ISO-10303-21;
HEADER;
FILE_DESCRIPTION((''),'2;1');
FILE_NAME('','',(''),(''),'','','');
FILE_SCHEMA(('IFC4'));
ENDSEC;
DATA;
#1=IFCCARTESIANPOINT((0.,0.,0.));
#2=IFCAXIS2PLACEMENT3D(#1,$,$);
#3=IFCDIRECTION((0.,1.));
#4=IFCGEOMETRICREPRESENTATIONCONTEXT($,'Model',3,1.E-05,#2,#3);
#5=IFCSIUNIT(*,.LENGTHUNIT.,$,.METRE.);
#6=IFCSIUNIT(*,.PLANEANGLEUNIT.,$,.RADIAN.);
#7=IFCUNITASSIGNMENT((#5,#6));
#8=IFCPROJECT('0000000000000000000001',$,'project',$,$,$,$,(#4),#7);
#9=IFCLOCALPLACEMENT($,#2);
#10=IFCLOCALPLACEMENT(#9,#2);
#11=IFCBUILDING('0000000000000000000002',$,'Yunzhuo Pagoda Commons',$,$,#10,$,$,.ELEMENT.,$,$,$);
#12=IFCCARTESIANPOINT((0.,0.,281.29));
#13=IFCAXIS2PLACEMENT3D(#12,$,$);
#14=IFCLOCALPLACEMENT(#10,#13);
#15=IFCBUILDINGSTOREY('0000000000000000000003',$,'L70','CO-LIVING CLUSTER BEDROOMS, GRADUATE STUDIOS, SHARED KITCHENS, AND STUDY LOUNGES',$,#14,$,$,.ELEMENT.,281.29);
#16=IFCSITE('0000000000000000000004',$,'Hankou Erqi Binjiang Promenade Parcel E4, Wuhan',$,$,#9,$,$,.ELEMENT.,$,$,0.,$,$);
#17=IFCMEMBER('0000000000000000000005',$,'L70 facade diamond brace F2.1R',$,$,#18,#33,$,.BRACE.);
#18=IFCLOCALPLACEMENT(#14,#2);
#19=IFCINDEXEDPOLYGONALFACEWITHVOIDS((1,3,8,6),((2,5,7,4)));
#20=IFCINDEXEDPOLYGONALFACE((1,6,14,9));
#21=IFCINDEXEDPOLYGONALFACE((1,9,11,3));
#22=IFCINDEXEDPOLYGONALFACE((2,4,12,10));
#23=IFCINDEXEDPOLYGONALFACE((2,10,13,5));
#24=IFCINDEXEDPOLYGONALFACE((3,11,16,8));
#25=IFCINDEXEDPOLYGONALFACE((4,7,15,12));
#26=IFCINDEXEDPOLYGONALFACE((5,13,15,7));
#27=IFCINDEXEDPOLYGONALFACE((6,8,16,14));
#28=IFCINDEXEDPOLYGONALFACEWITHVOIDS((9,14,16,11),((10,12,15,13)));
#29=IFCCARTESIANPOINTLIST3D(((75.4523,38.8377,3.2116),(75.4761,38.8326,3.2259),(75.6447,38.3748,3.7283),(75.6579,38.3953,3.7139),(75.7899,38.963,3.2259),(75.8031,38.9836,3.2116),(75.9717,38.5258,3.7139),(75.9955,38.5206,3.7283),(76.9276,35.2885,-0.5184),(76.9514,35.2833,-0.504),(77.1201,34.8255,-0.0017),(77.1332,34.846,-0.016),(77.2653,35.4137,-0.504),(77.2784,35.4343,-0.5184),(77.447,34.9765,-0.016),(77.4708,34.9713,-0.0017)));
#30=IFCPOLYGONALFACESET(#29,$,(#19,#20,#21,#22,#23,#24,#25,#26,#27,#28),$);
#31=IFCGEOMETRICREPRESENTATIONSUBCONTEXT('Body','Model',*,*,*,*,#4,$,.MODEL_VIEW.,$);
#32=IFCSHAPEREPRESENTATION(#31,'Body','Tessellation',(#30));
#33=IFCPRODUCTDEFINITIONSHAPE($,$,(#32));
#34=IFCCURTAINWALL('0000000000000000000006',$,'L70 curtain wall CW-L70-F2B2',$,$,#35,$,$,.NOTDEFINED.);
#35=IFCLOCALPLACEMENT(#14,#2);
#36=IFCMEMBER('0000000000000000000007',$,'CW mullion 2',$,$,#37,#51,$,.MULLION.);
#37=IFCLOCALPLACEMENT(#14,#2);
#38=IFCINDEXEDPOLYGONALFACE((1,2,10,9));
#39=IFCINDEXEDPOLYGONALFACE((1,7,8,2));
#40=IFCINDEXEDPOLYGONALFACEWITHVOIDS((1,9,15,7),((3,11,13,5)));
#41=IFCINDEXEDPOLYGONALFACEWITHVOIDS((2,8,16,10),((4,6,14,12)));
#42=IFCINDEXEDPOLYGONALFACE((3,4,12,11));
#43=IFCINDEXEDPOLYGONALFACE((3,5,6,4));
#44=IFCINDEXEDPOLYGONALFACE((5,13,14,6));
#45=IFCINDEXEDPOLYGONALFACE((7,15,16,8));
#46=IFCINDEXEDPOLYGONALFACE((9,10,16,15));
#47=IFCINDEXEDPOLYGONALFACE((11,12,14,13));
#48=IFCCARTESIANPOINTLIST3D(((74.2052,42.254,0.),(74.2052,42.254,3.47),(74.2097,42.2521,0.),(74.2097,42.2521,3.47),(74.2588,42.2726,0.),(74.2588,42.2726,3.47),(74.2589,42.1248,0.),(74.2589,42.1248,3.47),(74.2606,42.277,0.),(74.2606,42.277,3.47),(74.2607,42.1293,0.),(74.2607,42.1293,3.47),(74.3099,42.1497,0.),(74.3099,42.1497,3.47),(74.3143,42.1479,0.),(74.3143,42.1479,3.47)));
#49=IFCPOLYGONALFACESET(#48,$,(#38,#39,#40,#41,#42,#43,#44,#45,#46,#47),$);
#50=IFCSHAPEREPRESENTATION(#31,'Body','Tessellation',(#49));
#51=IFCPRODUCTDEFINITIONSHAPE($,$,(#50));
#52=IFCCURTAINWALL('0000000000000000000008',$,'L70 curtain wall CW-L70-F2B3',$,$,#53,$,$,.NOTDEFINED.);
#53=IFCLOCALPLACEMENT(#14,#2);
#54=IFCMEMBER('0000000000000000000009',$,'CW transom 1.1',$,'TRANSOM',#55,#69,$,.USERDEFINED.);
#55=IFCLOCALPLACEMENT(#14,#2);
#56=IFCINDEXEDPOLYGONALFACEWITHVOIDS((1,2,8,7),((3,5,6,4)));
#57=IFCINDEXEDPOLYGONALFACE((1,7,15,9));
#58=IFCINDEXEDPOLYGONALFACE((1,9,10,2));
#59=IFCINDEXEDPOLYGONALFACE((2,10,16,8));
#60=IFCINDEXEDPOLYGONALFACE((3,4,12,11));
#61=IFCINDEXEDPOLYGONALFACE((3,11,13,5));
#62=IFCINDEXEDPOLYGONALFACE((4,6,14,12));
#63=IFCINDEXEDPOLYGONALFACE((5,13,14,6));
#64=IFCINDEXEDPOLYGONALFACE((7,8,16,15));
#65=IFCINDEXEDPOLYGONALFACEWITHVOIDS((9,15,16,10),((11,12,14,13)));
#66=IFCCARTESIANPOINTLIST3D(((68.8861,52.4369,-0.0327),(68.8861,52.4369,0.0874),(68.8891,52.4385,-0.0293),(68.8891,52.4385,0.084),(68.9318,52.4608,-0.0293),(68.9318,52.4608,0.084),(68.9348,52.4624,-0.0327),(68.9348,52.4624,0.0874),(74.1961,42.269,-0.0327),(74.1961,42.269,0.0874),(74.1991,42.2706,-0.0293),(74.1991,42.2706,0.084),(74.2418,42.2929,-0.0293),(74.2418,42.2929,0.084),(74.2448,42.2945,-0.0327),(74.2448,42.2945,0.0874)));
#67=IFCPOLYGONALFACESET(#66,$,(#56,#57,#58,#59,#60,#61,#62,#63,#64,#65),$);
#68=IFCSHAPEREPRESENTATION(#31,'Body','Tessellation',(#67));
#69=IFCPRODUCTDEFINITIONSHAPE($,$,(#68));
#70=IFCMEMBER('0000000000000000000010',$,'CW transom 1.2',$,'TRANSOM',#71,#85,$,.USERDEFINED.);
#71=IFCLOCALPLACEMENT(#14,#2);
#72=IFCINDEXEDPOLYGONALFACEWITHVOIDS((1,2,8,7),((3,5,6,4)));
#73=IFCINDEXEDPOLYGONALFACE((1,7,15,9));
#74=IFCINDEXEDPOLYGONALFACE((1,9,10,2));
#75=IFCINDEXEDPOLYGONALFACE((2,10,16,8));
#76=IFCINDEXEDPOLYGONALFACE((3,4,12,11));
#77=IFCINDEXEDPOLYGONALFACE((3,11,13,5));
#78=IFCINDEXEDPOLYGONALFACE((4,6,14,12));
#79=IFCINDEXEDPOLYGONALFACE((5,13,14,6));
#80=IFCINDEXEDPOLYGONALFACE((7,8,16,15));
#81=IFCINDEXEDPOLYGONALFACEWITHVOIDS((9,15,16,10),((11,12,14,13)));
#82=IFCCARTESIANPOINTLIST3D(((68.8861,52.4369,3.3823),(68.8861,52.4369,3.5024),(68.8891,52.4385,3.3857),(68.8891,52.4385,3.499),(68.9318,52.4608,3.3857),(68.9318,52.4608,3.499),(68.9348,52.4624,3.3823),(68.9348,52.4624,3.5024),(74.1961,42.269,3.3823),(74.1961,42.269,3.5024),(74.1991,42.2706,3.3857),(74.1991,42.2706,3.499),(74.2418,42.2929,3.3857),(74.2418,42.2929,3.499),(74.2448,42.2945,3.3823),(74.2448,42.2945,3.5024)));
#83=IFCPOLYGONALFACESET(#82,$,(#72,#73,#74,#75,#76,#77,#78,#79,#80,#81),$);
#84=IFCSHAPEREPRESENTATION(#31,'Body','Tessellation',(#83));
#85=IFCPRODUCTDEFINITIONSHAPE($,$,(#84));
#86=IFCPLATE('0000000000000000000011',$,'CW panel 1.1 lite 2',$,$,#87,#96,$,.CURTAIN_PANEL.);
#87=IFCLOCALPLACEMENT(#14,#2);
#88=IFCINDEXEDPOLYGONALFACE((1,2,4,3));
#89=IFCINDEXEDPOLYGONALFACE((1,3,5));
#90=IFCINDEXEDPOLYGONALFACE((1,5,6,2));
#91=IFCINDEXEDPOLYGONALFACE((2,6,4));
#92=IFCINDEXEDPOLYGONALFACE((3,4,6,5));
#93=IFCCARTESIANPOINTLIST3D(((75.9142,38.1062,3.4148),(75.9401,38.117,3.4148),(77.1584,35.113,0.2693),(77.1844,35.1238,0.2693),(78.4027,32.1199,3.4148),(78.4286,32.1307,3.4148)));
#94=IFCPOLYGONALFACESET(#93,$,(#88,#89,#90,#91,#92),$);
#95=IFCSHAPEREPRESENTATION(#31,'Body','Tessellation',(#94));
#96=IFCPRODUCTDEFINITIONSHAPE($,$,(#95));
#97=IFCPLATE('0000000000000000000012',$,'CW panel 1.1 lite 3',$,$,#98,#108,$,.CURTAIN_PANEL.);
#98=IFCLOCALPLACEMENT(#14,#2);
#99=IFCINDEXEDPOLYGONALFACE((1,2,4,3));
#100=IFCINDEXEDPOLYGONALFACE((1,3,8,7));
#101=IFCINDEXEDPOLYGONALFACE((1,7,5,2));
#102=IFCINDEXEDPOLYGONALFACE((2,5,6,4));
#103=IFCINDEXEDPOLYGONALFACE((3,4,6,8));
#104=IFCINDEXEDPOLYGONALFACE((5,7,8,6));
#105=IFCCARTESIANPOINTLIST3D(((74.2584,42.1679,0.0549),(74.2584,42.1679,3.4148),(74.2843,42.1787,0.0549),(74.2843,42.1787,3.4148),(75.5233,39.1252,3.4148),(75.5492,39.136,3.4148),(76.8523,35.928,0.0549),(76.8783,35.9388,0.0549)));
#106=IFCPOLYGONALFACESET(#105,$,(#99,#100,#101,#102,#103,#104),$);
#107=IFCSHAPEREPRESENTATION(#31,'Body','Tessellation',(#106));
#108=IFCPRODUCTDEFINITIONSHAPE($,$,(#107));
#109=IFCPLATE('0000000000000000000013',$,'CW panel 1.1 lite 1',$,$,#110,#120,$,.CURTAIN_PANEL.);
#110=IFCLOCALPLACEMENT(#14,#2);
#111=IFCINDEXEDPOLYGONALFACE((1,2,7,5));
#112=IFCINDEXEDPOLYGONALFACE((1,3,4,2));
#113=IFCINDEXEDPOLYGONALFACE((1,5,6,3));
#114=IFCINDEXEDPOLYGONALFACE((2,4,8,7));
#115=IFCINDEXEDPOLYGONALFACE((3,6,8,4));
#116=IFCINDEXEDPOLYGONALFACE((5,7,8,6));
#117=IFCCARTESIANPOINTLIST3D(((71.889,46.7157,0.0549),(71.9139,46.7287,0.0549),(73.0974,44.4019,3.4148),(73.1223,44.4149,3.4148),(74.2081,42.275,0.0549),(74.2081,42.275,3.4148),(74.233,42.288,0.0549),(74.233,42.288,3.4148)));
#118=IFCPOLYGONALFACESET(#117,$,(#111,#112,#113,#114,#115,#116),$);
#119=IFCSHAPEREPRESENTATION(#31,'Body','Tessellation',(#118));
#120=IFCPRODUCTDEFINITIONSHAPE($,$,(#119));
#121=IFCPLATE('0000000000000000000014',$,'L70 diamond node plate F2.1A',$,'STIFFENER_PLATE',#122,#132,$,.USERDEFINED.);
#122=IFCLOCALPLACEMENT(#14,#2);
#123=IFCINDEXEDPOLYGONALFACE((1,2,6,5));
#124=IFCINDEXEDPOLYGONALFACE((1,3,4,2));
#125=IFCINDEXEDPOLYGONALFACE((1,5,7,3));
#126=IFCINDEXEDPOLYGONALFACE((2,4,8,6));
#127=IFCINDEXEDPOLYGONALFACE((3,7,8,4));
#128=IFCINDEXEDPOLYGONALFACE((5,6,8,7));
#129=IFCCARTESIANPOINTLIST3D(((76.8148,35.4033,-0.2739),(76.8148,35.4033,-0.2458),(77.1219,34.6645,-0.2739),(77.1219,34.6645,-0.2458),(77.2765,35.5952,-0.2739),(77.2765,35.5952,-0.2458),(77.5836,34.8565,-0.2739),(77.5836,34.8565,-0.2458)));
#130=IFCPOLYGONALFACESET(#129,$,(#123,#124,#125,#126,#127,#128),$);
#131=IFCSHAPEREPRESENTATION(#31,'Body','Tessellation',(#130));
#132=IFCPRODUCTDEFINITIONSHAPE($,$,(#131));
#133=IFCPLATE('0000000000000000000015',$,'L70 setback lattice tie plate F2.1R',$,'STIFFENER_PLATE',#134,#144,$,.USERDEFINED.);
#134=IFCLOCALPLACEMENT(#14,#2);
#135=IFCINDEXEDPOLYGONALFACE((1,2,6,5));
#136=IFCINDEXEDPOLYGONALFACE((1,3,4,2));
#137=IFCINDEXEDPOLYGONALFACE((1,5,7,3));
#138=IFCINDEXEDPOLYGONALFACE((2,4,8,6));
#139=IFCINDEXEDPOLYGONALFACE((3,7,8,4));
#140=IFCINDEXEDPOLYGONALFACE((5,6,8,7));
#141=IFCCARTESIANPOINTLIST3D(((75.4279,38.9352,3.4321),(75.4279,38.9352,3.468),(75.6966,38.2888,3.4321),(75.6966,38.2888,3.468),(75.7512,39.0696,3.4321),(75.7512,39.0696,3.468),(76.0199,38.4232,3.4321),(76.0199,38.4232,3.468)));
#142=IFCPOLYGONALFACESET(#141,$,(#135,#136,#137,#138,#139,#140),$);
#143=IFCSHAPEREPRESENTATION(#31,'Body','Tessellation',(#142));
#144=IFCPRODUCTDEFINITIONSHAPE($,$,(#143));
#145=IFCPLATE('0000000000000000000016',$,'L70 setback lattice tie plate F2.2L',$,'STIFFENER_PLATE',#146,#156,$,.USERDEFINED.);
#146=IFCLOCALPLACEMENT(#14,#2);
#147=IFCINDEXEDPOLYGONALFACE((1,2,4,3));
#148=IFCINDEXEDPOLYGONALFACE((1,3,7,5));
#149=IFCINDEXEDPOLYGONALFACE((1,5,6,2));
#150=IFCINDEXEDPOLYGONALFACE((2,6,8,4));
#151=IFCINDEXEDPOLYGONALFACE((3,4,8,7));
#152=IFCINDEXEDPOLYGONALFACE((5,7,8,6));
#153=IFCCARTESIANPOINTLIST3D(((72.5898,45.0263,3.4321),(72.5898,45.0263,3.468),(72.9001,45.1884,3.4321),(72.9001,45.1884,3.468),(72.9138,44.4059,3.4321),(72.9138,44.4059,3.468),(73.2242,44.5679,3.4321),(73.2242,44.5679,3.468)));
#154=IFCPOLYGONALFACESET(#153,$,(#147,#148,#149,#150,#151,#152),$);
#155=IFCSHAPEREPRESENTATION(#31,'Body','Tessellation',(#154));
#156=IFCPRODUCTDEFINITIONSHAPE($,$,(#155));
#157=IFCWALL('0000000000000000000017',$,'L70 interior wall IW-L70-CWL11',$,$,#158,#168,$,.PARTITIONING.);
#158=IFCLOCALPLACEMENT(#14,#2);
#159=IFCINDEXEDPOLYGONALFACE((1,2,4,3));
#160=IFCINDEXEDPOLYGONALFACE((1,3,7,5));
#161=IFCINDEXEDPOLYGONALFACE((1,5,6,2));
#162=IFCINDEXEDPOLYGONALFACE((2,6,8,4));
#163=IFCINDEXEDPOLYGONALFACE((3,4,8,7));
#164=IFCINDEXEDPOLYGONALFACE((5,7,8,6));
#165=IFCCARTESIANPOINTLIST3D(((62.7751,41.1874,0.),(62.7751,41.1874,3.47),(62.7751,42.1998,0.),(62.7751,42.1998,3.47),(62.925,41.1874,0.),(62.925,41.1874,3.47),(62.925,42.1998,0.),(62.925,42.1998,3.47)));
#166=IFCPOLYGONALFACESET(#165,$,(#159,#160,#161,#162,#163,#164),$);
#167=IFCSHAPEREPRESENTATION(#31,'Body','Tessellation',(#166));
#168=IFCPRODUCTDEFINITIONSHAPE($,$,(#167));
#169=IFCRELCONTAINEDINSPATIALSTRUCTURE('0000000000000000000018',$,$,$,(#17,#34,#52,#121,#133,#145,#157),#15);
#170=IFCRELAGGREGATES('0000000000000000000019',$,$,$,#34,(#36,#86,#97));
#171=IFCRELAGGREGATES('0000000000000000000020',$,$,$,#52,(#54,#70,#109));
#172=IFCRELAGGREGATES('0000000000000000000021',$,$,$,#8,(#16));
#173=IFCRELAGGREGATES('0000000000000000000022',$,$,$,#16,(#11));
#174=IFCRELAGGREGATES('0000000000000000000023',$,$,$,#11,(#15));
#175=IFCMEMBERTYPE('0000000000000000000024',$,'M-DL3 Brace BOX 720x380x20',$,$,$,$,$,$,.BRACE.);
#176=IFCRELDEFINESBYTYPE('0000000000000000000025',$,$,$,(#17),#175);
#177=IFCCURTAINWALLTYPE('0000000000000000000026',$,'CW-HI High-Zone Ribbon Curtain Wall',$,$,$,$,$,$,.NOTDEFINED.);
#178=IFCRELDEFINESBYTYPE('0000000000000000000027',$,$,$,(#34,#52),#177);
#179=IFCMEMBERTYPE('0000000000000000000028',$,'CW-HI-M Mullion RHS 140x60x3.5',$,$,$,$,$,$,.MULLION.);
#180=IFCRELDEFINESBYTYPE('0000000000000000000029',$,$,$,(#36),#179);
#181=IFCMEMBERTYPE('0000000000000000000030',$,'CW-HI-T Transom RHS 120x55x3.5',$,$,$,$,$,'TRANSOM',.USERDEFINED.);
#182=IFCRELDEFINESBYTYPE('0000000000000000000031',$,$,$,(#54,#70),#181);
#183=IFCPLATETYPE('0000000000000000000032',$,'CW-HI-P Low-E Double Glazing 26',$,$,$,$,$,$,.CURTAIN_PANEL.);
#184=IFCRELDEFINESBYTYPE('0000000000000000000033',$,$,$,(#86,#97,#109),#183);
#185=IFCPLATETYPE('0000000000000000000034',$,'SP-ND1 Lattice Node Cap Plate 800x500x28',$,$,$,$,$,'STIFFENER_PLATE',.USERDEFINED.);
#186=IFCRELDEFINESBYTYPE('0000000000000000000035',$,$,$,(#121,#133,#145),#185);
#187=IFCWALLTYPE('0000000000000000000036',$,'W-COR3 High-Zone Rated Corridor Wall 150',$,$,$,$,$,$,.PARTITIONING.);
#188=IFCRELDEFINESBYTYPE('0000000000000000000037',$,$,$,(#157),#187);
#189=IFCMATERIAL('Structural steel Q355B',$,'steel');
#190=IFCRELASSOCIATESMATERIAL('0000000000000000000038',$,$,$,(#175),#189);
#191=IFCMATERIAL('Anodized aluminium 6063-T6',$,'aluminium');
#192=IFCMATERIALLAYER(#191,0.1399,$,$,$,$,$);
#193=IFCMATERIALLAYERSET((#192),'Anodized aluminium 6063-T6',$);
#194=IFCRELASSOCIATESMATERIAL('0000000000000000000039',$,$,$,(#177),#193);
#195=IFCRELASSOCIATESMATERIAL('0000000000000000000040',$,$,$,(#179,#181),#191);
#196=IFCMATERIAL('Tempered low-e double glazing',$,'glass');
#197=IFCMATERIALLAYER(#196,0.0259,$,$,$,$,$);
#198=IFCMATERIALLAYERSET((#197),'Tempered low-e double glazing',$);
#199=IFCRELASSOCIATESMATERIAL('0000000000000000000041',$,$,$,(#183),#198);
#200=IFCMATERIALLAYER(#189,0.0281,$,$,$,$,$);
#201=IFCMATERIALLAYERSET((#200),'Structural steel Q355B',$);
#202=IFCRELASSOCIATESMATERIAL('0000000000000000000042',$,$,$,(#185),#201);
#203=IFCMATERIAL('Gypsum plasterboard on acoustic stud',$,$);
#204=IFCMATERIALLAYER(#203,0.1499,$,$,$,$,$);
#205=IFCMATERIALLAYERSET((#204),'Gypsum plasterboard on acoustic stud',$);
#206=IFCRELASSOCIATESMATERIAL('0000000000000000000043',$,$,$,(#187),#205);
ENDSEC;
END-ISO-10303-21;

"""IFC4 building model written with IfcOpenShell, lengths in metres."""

from ifc_helpers import new_model, si_unit, direction, frame, frame_2d, origin, origin_2d, place, context, subcontext, project, spatial, polyline, rectangle, hollow_rectangle, outline, extrude, source, transform, mapped, material, layer, layer_set, material_profile, profile_set, type_object, element, aggregate, save


model = new_model("IFC4")

# Units and contexts
model_context = context("Model", 3, precision=1e-05, world=origin(), true_north=direction((0.0, 1.0)))
body_context = subcontext(model_context, "Body", "Model", "MODEL_VIEW")
ifc_project = project(units=[si_unit("LENGTHUNIT", "METRE"), si_unit("PLANEANGLEUNIT", "RADIAN")], contexts=[model_context])

# Site, building, storey
site_placement = place(None, origin())
site = spatial("IfcSite", under=ifc_project, at=site_placement, Name="Hankou Erqi Binjiang Promenade Parcel E4, Wuhan", CompositionType="ELEMENT", RefElevation=0.0)
building_placement = place(site_placement, origin())
building = spatial("IfcBuilding", under=site, at=building_placement, Name="Yunzhuo Pagoda Commons", CompositionType="ELEMENT")
storey_placement = place(building_placement, frame((0.0, 0.0, 281.29)))
storey = spatial("IfcBuildingStorey", under=building, at=storey_placement, Name="L70", Description="CO-LIVING CLUSTER BEDROOMS, GRADUATE STUDIOS, SHARED KITCHENS, AND STUDY LOUNGES", CompositionType="ELEMENT", Elevation=281.29)

# Shared definitions
ifc_material_1 = material(Name="Structural steel Q355B", Category="steel")

# Member
ifc_material_profile_1 = material_profile(ifc_material_1, hollow_rectangle(XDim=0.3799, YDim=0.72, WallThickness=0.02, at=origin_2d()), Name="Structural steel Q355B")
ifc_profile_set_1 = profile_set([ifc_material_profile_1], Name="Structural steel Q355B")
member_type_1 = type_object("IfcMemberType", Name="M-DL3 Brace BOX 720x380x20", PredefinedType="BRACE", material=ifc_profile_set_1)
shared_shape_1 = source(origin(), body_context, "Body", "SweptSolid", [
    extrude(hollow_rectangle(XDim=0.3799, YDim=0.72, WallThickness=0.02, at=origin_2d()), origin(), (0.0, 0.0, 1.0), 5.356),
])
member_1_placement = place(storey_placement, frame((77.1992, 35.1299, -0.26), z_axis=(-0.275454, 0.662677, 0.696408), x_axis=(-0.923404, -0.38383, 0.0)))
element("IfcMember", 1, at=member_1_placement, inside=storey, type_object=member_type_1, Name="L70 facade diamond brace F2.1R", PredefinedType="BRACE", context=body_context, shape_type="MappedRepresentation", body=[
    mapped(shared_shape_1, transform((0.0, 0.0, 0.0), scale=1.0)),
])

# Curtain wall, member
ifc_material_2 = material(Name="Anodized aluminium 6063-T6", Category="aluminium")
ifc_layer_1 = layer(ifc_material_2, 0.1399)
ifc_layer_set_1 = layer_set([ifc_layer_1], Name="Anodized aluminium 6063-T6")
curtain_wall_type = type_object("IfcCurtainWallType", Name="CW-HI High-Zone Ribbon Curtain Wall", PredefinedType="NOTDEFINED", material=ifc_layer_set_1)
curtain_wall_1_placement = place(storey_placement, origin())
curtain_wall_1 = element("IfcCurtainWall", 2, at=curtain_wall_1_placement, inside=storey, type_object=curtain_wall_type, Name="L70 curtain wall CW-L70-F2B2", PredefinedType="NOTDEFINED")
ifc_material_profile_2 = material_profile(ifc_material_2, hollow_rectangle(XDim=0.0601, YDim=0.1399, WallThickness=0.0034, at=origin_2d()), Name="Anodized aluminium 6063-T6")
ifc_profile_set_2 = profile_set([ifc_material_profile_2], Name="Anodized aluminium 6063-T6")
member_type_2 = type_object("IfcMemberType", Name="CW-HI-M Mullion RHS 140x60x3.5", PredefinedType="MULLION", material=ifc_profile_set_2)
shared_shape_2 = source(origin(), body_context, "Body", "SweptSolid", [
    extrude(hollow_rectangle(XDim=0.0601, YDim=0.1399, WallThickness=0.0034, at=origin_2d()), origin(), (0.0, 0.0, 1.0), 3.47),
])
member_2_placement = place(storey_placement, frame((74.2598, 42.2009, 0.0), z_axis=(0.0, 0.0, 1.0), x_axis=(-0.923394, -0.383855, 0.0)))
member_2 = element("IfcMember", 3, at=member_2_placement, type_object=member_type_2, Name="CW mullion 2", PredefinedType="MULLION", context=body_context, shape_type="MappedRepresentation", body=[
    mapped(shared_shape_2, transform((0.0, 0.0, 0.0), scale=1.0)),
])

# Curtain wall, members
curtain_wall_2_placement = place(storey_placement, origin())
curtain_wall_2 = element("IfcCurtainWall", 4, at=curtain_wall_2_placement, inside=storey, type_object=curtain_wall_type, Name="L70 curtain wall CW-L70-F2B3", PredefinedType="NOTDEFINED")
ifc_material_profile_3 = material_profile(ifc_material_2, hollow_rectangle(XDim=0.0549, YDim=0.1201, WallThickness=0.0034, at=origin_2d()), Name="Anodized aluminium 6063-T6")
ifc_profile_set_3 = profile_set([ifc_material_profile_3], Name="Anodized aluminium 6063-T6")
member_type_3 = type_object("IfcMemberType", Name="CW-HI-T Transom RHS 120x55x3.5", ElementType="TRANSOM", PredefinedType="USERDEFINED", material=ifc_profile_set_3)
shared_shape_3 = source(origin(), body_context, "Body", "SweptSolid", [
    extrude(hollow_rectangle(XDim=0.0549, YDim=0.1201, WallThickness=0.0034, at=origin_2d()), origin(), (0.0, 0.0, 1.0), 11.4709),
])
member_3_placement = place(storey_placement, frame((74.2205, 42.2817, 0.0273), z_axis=(-0.462911, 0.886405, 0.0), x_axis=(-0.886405, -0.462911, 0.0)))
member_3 = element("IfcMember", 5, at=member_3_placement, type_object=member_type_3, Name="CW transom 1.1", ObjectType="TRANSOM", PredefinedType="USERDEFINED", context=body_context, shape_type="MappedRepresentation", body=[
    mapped(shared_shape_3, transform((0.0, 0.0, 0.0), scale=1.0)),
])
member_4_placement = place(storey_placement, frame((74.2205, 42.2817, 3.4424), z_axis=(-0.462911, 0.886405, 0.0), x_axis=(-0.886405, -0.462911, 0.0)))
member_4 = element("IfcMember", 6, at=member_4_placement, type_object=member_type_3, Name="CW transom 1.2", ObjectType="TRANSOM", PredefinedType="USERDEFINED", context=body_context, shape_type="MappedRepresentation", body=[
    mapped(shared_shape_3, transform((0.0, 0.0, 0.0), scale=1.0)),
])

# Plates
ifc_material_3 = material(Name="Tempered low-e double glazing", Category="glass")
ifc_layer_2 = layer(ifc_material_3, 0.0259)
ifc_layer_set_2 = layer_set([ifc_layer_2], Name="Tempered low-e double glazing")
plate_type_1 = type_object("IfcPlateType", Name="CW-HI-P Low-E Double Glazing 26", PredefinedType="CURTAIN_PANEL", material=ifc_layer_set_2)
plate_1_placement = place(storey_placement, frame((77.1584, 35.113, 1.842), z_axis=(0.923394, 0.383855, 0.0), x_axis=(-0.383855, 0.923394, 0.0)))
plate_1 = element("IfcPlate", 7, at=plate_1_placement, type_object=plate_type_1, Name="CW panel 1.1 lite 2", PredefinedType="CURTAIN_PANEL", context=body_context, shape_type="SweptSolid", body=[
    extrude(outline(polyline([(-3.2415, 1.5728), (0.0, -1.5728), (3.2415, 1.5728), (-3.2415, 1.5728)])), origin(), (0.0, 0.0, 1.0), 0.0281),
])
plate_2_placement = place(storey_placement, frame((75.5554, 39.0479, 1.7349), z_axis=(0.923394, 0.383855, 0.0), x_axis=(-0.383855, 0.923394, 0.0)))
plate_2 = element("IfcPlate", 8, at=plate_2_placement, type_object=plate_type_1, Name="CW panel 1.1 lite 3", PredefinedType="CURTAIN_PANEL", context=body_context, shape_type="SweptSolid", body=[
    extrude(outline(polyline([(-3.3787, -1.6799), (3.3789, -1.6799), (3.3789, 1.6799), (0.0837, 1.6799), (-3.3787, -1.6799)])), origin(), (0.0, 0.0, 1.0), 0.0281),
])
aggregate(curtain_wall_1, [member_2, plate_1, plate_2])
plate_3_placement = place(storey_placement, frame((73.0486, 44.4954, 1.7349), z_axis=(0.886404, 0.462912, 0.0), x_axis=(-0.462912, 0.886404, 0.0)))
plate_3 = element("IfcPlate", 9, at=plate_3_placement, type_object=plate_type_1, Name="CW panel 1.1 lite 1", PredefinedType="CURTAIN_PANEL", context=body_context, shape_type="SweptSolid", body=[
    extrude(outline(polyline([(-2.5049, -1.6799), (2.5049, -1.6799), (-0.1055, 1.6799), (-2.5049, 1.6799), (-2.5049, -1.6799)])), origin(), (0.0, 0.0, 1.0), 0.0281),
])
aggregate(curtain_wall_2, [member_3, member_4, plate_3])

# Plates
ifc_layer_3 = layer(ifc_material_1, 0.0281)
ifc_layer_set_3 = layer_set([ifc_layer_3], Name="Structural steel Q355B")
plate_type_2 = type_object("IfcPlateType", Name="SP-ND1 Lattice Node Cap Plate 800x500x28", ElementType="STIFFENER_PLATE", PredefinedType="USERDEFINED", material=ifc_layer_set_3)
shared_shape_4 = source(origin(), body_context, "Body", "SweptSolid", [
    extrude(rectangle(XDim=0.8, YDim=0.5, at=origin_2d()), origin(), (0.0, 0.0, 1.0), 0.0281),
])
plate_4_placement = place(storey_placement, frame((77.1992, 35.1299, -0.2739), z_axis=(0.0, 0.0, 1.0), x_axis=(-0.38386, 0.923391, 0.0)))
element("IfcPlate", 10, at=plate_4_placement, inside=storey, type_object=plate_type_2, Name="L70 diamond node plate F2.1A", ObjectType="STIFFENER_PLATE", PredefinedType="USERDEFINED", context=body_context, shape_type="MappedRepresentation", body=[
    mapped(shared_shape_4, transform((0.0, 0.0, 0.0), scale=1.0)),
])
shared_shape_5 = source(origin(), body_context, "Body", "SweptSolid", [
    extrude(rectangle(XDim=0.7, YDim=0.3501, at=origin_2d()), origin(), (0.0, 0.0, 1.0), 0.0359),
])
for number, where, z_axis, x_axis, name in (
    (11, (75.7239, 38.6792, 3.4321), (0.0, 0.0, 1.0), (-0.38386, 0.923391, 0.0), "L70 setback lattice tie plate F2.1R"),
    (12, (72.907, 44.7971, 3.4321), (0.0, 0.0, 1.0), (-0.462909, 0.886406, 0.0), "L70 setback lattice tie plate F2.2L"),
):
    element("IfcPlate", number, at=place(storey_placement, frame(where, z_axis=z_axis, x_axis=x_axis)), inside=storey, type_object=plate_type_2, Name=name, ObjectType="STIFFENER_PLATE", PredefinedType="USERDEFINED", context=body_context, shape_type="MappedRepresentation", body=[
        mapped(shared_shape_5, transform((0.0, 0.0, 0.0), scale=1.0)),
    ])

# Wall
ifc_material_4 = material(Name="Gypsum plasterboard on acoustic stud")
ifc_layer_4 = layer(ifc_material_4, 0.1499)
ifc_layer_set_4 = layer_set([ifc_layer_4], Name="Gypsum plasterboard on acoustic stud")
wall_type_1 = type_object("IfcWallType", Name="W-COR3 High-Zone Rated Corridor Wall 150", PredefinedType="PARTITIONING", material=ifc_layer_set_4)
wall_1_placement = place(storey_placement, frame((62.8501, 42.2, 0.0), z_axis=(0.0, 0.0, 1.0), x_axis=(0.0, -1.0, 0.0)))
element("IfcWall", 13, at=wall_1_placement, inside=storey, type_object=wall_type_1, Name="L70 interior wall IW-L70-CWL11", PredefinedType="PARTITIONING", context=body_context, shape_type="SweptSolid", body=[
    extrude(rectangle(XDim=1.0125, YDim=0.1499, at=frame_2d((0.5063, 0.0))), origin(), (0.0, 0.0, 1.0), 3.47),
])

save(model, "model.ifc")
